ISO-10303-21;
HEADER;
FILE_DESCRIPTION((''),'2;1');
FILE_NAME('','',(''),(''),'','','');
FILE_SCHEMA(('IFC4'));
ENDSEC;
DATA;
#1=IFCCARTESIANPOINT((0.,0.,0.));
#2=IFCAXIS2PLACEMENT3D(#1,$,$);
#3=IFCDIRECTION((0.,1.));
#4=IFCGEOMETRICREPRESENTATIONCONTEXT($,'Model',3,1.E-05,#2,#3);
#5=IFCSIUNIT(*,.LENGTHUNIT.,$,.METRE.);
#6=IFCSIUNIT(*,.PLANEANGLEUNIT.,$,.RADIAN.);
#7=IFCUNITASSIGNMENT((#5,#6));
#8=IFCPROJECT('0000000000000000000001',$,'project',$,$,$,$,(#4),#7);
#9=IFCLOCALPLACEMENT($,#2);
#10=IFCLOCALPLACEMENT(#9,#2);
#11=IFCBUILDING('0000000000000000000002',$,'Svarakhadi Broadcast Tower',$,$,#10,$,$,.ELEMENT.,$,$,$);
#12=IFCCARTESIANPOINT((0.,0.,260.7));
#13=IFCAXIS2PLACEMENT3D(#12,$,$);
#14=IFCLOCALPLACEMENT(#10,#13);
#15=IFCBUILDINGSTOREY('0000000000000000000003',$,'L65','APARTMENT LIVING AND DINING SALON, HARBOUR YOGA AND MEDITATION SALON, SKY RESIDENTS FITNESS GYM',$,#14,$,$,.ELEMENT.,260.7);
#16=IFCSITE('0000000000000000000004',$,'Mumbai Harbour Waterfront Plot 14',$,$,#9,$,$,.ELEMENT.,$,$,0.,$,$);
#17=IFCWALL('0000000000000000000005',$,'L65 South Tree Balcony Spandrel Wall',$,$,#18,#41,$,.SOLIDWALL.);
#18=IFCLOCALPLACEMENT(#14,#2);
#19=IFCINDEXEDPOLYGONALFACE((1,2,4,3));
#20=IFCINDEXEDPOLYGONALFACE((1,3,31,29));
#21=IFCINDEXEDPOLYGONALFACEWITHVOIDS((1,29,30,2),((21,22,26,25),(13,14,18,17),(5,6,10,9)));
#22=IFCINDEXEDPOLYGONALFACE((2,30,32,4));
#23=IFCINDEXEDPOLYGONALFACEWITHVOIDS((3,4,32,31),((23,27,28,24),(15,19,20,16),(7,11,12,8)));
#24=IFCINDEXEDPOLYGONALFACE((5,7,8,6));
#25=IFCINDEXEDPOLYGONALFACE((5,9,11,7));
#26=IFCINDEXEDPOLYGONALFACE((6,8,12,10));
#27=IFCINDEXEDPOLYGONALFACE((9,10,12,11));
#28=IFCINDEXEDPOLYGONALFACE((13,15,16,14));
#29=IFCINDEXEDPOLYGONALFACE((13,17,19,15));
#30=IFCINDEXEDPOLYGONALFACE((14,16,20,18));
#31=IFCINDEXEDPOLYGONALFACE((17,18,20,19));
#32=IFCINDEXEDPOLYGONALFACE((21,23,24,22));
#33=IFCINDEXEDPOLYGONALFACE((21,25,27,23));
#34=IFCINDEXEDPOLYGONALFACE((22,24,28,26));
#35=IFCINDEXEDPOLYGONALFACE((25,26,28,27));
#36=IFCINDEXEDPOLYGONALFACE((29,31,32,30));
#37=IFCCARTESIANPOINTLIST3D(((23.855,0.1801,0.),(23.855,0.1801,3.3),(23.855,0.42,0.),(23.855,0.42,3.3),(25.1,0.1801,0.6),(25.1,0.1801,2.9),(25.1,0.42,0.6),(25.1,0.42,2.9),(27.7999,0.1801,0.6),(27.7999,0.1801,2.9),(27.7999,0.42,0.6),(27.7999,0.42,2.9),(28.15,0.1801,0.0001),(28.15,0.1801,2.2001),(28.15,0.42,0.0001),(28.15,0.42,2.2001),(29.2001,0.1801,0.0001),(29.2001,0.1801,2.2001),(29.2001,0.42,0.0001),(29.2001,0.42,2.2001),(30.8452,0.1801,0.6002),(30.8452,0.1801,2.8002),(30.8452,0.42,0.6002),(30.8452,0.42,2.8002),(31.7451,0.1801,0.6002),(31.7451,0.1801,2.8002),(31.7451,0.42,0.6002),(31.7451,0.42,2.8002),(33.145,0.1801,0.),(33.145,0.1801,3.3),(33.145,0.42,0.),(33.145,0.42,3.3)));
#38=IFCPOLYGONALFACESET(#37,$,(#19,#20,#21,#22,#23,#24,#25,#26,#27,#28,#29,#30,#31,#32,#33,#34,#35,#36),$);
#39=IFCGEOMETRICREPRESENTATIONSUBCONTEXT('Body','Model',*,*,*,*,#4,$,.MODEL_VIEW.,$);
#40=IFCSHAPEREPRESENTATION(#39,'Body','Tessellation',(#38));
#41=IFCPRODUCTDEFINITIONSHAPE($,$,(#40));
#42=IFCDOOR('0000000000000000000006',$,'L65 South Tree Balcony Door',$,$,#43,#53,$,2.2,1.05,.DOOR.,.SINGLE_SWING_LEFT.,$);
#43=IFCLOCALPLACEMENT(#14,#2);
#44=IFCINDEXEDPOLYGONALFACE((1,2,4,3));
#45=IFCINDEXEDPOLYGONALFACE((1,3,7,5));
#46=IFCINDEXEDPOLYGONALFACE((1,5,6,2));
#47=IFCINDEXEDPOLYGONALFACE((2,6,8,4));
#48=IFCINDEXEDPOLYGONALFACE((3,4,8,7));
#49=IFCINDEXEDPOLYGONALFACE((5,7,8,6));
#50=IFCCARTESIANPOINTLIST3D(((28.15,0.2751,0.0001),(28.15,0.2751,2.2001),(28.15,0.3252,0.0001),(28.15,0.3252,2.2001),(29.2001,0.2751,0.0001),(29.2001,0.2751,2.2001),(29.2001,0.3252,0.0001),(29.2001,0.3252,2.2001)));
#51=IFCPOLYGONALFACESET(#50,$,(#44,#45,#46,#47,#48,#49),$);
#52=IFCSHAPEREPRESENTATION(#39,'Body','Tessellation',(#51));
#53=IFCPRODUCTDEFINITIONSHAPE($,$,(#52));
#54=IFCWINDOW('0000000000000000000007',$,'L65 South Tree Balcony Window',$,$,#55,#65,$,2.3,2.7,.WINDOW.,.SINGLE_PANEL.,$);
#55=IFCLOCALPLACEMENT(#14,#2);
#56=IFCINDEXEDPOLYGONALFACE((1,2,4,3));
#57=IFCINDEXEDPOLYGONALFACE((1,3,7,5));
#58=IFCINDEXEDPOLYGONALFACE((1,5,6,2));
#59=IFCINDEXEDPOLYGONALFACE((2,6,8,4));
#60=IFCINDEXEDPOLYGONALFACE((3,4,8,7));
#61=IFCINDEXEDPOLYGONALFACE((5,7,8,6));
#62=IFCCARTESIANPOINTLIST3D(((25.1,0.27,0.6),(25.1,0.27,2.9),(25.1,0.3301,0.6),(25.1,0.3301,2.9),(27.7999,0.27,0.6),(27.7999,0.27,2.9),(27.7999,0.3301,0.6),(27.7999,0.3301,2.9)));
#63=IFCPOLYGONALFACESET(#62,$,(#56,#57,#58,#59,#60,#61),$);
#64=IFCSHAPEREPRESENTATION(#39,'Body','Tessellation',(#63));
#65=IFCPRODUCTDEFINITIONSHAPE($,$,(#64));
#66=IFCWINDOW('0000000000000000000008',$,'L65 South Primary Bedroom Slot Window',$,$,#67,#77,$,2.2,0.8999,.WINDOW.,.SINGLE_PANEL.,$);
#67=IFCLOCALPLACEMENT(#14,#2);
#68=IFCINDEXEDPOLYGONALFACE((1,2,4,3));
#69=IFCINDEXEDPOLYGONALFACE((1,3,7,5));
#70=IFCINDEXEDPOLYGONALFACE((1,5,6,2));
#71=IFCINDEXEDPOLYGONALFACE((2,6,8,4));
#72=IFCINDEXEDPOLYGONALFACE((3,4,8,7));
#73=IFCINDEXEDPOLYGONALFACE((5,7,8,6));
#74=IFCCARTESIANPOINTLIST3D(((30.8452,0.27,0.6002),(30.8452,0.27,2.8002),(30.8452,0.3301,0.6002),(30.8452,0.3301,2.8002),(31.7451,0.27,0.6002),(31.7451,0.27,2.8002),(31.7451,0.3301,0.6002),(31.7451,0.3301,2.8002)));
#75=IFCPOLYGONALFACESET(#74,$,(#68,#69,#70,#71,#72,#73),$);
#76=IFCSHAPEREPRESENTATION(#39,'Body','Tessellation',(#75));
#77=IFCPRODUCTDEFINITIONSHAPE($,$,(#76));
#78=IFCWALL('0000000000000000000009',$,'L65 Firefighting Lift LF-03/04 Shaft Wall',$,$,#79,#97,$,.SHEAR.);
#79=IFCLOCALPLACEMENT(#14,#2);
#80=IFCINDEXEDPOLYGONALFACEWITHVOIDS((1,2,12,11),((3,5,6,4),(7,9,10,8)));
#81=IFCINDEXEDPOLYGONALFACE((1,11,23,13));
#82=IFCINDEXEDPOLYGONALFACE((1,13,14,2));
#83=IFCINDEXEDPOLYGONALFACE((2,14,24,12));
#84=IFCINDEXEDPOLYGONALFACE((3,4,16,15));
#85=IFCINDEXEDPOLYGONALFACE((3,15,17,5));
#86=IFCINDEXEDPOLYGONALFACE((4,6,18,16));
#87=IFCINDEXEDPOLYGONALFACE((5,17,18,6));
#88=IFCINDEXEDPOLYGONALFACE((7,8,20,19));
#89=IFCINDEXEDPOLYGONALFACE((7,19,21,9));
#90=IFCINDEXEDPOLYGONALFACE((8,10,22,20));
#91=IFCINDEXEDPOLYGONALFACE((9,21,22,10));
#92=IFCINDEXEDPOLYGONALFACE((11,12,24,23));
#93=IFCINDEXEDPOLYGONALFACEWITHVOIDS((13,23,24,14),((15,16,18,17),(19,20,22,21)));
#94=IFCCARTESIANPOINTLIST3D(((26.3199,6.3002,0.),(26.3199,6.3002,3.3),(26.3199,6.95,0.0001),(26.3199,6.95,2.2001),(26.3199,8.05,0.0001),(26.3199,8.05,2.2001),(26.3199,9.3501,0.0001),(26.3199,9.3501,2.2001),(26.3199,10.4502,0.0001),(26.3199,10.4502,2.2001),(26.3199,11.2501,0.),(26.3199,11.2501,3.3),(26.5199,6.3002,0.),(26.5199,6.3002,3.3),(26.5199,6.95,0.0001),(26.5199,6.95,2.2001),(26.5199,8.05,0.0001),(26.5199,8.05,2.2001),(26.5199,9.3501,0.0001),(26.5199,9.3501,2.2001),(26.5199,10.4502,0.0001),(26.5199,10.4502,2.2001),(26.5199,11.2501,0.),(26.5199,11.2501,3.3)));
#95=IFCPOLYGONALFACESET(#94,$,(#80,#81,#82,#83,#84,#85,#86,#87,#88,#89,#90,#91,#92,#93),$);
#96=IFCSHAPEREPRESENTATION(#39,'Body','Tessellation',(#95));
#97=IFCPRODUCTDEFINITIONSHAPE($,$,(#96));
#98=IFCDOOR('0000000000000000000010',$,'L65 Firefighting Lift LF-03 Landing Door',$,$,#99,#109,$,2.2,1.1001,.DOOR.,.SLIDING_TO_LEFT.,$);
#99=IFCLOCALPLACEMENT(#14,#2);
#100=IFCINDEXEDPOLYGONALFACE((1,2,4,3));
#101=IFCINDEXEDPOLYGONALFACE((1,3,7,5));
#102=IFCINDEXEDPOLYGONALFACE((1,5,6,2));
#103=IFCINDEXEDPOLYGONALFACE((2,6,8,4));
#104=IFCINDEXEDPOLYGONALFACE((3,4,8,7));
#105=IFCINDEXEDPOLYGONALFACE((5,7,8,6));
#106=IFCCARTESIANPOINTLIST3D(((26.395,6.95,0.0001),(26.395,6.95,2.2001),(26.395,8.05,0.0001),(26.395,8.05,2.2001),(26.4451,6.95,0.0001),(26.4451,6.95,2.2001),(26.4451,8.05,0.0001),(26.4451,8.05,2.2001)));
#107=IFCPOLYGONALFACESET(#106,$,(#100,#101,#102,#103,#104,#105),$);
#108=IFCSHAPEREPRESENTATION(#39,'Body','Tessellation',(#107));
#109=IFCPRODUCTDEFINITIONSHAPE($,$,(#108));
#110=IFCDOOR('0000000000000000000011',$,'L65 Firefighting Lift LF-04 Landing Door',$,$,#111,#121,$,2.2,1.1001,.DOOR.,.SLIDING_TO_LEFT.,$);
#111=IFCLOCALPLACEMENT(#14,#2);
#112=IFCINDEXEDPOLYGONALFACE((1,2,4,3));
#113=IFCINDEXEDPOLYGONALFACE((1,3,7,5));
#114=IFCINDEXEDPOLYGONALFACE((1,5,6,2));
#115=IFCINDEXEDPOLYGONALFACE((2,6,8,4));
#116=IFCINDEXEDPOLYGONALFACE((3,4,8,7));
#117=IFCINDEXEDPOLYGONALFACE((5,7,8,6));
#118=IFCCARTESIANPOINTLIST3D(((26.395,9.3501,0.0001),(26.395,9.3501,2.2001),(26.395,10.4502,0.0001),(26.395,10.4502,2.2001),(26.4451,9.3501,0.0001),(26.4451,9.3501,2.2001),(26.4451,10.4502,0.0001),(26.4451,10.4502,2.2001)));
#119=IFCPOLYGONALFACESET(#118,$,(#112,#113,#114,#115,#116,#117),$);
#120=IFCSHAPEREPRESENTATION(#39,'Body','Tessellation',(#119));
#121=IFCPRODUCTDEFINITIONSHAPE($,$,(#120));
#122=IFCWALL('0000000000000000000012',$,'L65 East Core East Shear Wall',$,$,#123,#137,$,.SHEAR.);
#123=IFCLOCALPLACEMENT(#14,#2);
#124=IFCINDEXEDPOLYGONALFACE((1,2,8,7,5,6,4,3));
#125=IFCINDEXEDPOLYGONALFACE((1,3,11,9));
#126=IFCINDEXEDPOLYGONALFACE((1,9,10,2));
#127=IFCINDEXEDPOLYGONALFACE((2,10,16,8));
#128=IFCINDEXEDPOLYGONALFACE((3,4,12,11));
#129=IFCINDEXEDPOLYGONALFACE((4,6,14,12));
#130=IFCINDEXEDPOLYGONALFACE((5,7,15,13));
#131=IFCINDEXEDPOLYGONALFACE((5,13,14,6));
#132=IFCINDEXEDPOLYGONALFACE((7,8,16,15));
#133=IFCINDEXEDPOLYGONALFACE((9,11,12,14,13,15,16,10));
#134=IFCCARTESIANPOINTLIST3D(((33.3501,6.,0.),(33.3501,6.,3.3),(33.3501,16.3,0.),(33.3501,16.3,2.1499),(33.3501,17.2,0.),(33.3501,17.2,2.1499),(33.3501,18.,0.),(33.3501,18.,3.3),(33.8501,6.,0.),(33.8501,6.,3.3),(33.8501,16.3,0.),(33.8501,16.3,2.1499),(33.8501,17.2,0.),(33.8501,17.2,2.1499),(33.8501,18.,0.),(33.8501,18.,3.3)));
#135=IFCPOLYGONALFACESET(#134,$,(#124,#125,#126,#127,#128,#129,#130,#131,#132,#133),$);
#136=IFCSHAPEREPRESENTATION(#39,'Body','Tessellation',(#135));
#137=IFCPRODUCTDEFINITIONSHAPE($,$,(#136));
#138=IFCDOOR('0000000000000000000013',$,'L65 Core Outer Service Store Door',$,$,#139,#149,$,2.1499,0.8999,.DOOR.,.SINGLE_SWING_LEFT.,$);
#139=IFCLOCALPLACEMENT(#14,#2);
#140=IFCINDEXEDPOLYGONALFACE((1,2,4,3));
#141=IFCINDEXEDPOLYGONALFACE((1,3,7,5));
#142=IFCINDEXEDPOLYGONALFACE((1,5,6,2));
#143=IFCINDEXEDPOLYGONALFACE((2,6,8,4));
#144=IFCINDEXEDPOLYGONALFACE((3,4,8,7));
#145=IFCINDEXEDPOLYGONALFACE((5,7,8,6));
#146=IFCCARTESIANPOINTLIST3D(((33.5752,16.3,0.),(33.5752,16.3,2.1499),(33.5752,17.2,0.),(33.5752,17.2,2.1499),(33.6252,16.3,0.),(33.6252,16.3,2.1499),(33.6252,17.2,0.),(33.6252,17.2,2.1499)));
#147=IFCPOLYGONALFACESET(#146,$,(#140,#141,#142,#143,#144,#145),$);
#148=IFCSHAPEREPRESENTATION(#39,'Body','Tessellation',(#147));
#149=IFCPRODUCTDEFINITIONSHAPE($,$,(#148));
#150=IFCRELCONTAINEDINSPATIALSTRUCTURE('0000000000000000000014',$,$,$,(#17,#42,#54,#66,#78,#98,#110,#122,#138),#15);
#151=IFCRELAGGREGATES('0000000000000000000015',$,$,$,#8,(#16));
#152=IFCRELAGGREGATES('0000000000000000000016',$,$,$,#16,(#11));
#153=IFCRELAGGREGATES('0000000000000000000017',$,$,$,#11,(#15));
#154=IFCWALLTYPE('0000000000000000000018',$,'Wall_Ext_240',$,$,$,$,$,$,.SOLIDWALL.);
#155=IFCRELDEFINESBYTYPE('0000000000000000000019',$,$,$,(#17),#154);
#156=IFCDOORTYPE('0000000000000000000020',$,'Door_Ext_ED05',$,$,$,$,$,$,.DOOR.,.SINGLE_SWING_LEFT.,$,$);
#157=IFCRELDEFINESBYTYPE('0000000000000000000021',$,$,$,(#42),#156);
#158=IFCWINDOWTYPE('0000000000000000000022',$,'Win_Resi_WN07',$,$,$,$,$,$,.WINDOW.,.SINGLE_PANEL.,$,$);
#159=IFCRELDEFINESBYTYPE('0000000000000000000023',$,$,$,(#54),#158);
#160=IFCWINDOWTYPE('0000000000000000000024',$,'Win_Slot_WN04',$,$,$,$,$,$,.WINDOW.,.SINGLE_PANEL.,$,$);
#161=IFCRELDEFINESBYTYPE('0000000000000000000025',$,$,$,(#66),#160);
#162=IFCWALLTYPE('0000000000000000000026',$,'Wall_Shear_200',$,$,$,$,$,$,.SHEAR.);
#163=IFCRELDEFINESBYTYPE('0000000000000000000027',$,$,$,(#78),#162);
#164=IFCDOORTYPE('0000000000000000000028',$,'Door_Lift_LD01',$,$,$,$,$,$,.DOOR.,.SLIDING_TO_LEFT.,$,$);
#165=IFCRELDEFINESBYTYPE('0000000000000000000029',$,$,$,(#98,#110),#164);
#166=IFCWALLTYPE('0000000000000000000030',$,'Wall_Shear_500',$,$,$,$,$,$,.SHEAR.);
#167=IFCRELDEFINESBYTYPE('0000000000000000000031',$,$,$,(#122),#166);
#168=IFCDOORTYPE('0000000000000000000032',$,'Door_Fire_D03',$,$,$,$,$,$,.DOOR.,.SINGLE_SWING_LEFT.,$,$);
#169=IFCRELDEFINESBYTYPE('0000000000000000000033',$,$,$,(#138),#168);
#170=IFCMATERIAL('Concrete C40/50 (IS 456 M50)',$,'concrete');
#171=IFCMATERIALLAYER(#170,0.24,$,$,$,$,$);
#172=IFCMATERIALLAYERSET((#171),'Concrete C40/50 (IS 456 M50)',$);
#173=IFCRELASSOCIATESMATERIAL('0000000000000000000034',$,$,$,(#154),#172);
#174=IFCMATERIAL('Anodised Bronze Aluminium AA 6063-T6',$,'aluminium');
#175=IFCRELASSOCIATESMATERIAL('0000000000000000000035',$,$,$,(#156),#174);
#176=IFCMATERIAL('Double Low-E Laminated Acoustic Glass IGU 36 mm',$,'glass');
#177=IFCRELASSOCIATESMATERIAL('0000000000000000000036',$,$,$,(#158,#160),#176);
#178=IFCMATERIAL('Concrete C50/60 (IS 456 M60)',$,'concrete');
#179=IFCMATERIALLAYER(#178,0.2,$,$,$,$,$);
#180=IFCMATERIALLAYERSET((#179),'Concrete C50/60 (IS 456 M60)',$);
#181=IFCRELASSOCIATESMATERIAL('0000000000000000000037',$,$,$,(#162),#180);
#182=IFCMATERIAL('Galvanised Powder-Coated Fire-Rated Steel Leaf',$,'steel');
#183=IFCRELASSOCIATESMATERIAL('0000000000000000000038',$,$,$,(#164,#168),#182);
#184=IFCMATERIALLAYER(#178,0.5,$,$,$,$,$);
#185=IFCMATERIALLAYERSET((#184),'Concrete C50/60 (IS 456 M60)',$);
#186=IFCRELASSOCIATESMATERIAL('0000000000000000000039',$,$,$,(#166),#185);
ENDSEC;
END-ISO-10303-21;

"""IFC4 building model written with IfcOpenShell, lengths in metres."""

from ifc_helpers import new_model, si_unit, direction, frame, frame_2d, origin, place, context, subcontext, project, spatial, rectangle, extrude, material, layer, layer_set, type_object, element, fill, save


model = new_model("IFC4")

# Units and contexts
model_context = context("Model", 3, precision=1e-05, world=origin(), true_north=direction((0.0, 1.0)))
body_context = subcontext(model_context, "Body", "Model", "MODEL_VIEW")
ifc_project = project(units=[si_unit("LENGTHUNIT", "METRE"), si_unit("PLANEANGLEUNIT", "RADIAN")], contexts=[model_context])

# Site, building, storey
site_placement = place(None, origin())
site = spatial("IfcSite", under=ifc_project, at=site_placement, Name="Mumbai Harbour Waterfront Plot 14", CompositionType="ELEMENT", RefElevation=0.0)
building_placement = place(site_placement, origin())
building = spatial("IfcBuilding", under=site, at=building_placement, Name="Svarakhadi Broadcast Tower", CompositionType="ELEMENT")
storey_placement = place(building_placement, frame((0.0, 0.0, 260.7)))
storey = spatial("IfcBuildingStorey", under=building, at=storey_placement, Name="L65", Description="APARTMENT LIVING AND DINING SALON, HARBOUR YOGA AND MEDITATION SALON, SKY RESIDENTS FITNESS GYM", CompositionType="ELEMENT", Elevation=260.7)

# Shared definitions
ifc_material_1 = material(Name="Concrete C50/60 (IS 456 M60)", Category="concrete")

# Shared definitions
ifc_material_2 = material(Name="Anodised Bronze Aluminium AA 6063-T6", Category="aluminium")

# Shared definitions
ifc_material_3 = material(Name="Double Low-E Laminated Acoustic Glass IGU 36 mm", Category="glass")

# Wall, openings, door, windows
ifc_material_4 = material(Name="Concrete C40/50 (IS 456 M50)", Category="concrete")
ifc_layer_1 = layer(ifc_material_4, 0.24)
ifc_layer_set_1 = layer_set([ifc_layer_1], Name="Concrete C40/50 (IS 456 M50)")
wall_type_1 = type_object("IfcWallType", Name="Wall_Ext_240", PredefinedType="SOLIDWALL", material=ifc_layer_set_1)
wall_1_placement = place(storey_placement, frame((33.145, 0.3, 0.0), z_axis=(0.0, 0.0, 1.0), x_axis=(-1.0, 0.0, 0.0)))
wall_1 = element("IfcWall", 1, at=wall_1_placement, inside=storey, type_object=wall_type_1, Name="L65 South Tree Balcony Spandrel Wall", PredefinedType="SOLIDWALL", context=body_context, shape_type="SweptSolid", body=[
    extrude(rectangle(XDim=9.29, YDim=0.24, at=frame_2d((4.645, 0.0))), origin(), (0.0, 0.0, 1.0), 3.3),
])
opening_1_placement = place(wall_1_placement, frame((3.9451, 0.0, 0.0)))
opening_1 = element("IfcOpeningElement", 2, at=opening_1_placement, cuts=wall_1, PredefinedType="OPENING", context=body_context, shape_type="SweptSolid", body=[
    extrude(rectangle(XDim=1.05, YDim=2.2, at=frame_2d((0.5249, 1.1001))), frame((0.0, 0.1299, 0.0), z_axis=(0.0, -1.0, 0.0), x_axis=(1.0, 0.0, 0.0)), (0.0, 0.0, 1.0), 0.26),
])
opening_2_placement = place(wall_1_placement, frame((5.345, 0.0, 0.6001)))
opening_2 = element("IfcOpeningElement", 3, at=opening_2_placement, cuts=wall_1, PredefinedType="OPENING", context=body_context, shape_type="SweptSolid", body=[
    extrude(rectangle(XDim=2.7, YDim=2.3, at=frame_2d((1.3501, 1.1499))), frame((0.0, 0.1299, 0.0), z_axis=(0.0, -1.0, 0.0), x_axis=(1.0, 0.0, 0.0)), (0.0, 0.0, 1.0), 0.26),
])
opening_3_placement = place(wall_1_placement, frame((1.3999, 0.0, 0.6001)))
opening_3 = element("IfcOpeningElement", 4, at=opening_3_placement, cuts=wall_1, PredefinedType="OPENING", context=body_context, shape_type="SweptSolid", body=[
    extrude(rectangle(XDim=0.8999, YDim=2.2, at=frame_2d((0.45, 1.1001))), frame((0.0, 0.1299, 0.0), z_axis=(0.0, -1.0, 0.0), x_axis=(1.0, 0.0, 0.0)), (0.0, 0.0, 1.0), 0.26),
])
door_type_1 = type_object("IfcDoorType", Name="Door_Ext_ED05", OperationType="SINGLE_SWING_LEFT", PredefinedType="DOOR", material=ifc_material_2)
door_1_placement = place(opening_1_placement, origin())
door_1 = element("IfcDoor", 5, at=door_1_placement, inside=storey, type_object=door_type_1, Name="L65 South Tree Balcony Door", OperationType="SINGLE_SWING_LEFT", OverallHeight=2.2, OverallWidth=1.05, PredefinedType="DOOR", context=body_context, shape_type="SweptSolid", body=[
    extrude(rectangle(XDim=1.05, YDim=2.2, at=frame_2d((0.5249, 1.1001))), frame((0.0, 0.0249, 0.0), z_axis=(0.0, -1.0, 0.0), x_axis=(1.0, 0.0, 0.0)), (0.0, 0.0, 1.0), 0.05),
])
fill(opening_1, door_1)
window_type_1 = type_object("IfcWindowType", Name="Win_Resi_WN07", PartitioningType="SINGLE_PANEL", PredefinedType="WINDOW", material=ifc_material_3)
window_1_placement = place(opening_2_placement, origin())
window_1 = element("IfcWindow", 6, at=window_1_placement, inside=storey, type_object=window_type_1, Name="L65 South Tree Balcony Window", OverallHeight=2.3, OverallWidth=2.7, PartitioningType="SINGLE_PANEL", PredefinedType="WINDOW", context=body_context, shape_type="SweptSolid", body=[
    extrude(rectangle(XDim=2.7, YDim=2.3, at=frame_2d((1.3501, 1.1499))), frame((0.0, 0.03, 0.0), z_axis=(0.0, -1.0, 0.0), x_axis=(1.0, 0.0, 0.0)), (0.0, 0.0, 1.0), 0.0601),
])
fill(opening_2, window_1)
window_type_2 = type_object("IfcWindowType", Name="Win_Slot_WN04", PartitioningType="SINGLE_PANEL", PredefinedType="WINDOW", material=ifc_material_3)
window_2_placement = place(opening_3_placement, origin())
window_2 = element("IfcWindow", 7, at=window_2_placement, inside=storey, type_object=window_type_2, Name="L65 South Primary Bedroom Slot Window", OverallHeight=2.2, OverallWidth=0.8999, PartitioningType="SINGLE_PANEL", PredefinedType="WINDOW", context=body_context, shape_type="SweptSolid", body=[
    extrude(rectangle(XDim=0.8999, YDim=2.2, at=frame_2d((0.45, 1.1001))), frame((0.0, 0.03, 0.0), z_axis=(0.0, -1.0, 0.0), x_axis=(1.0, 0.0, 0.0)), (0.0, 0.0, 1.0), 0.0601),
])
fill(opening_3, window_2)

# Wall, openings, doors
ifc_layer_2 = layer(ifc_material_1, 0.2)
ifc_layer_set_2 = layer_set([ifc_layer_2], Name="Concrete C50/60 (IS 456 M60)")
wall_type_2 = type_object("IfcWallType", Name="Wall_Shear_200", PredefinedType="SHEAR", material=ifc_layer_set_2)
wall_2_placement = place(storey_placement, frame((26.4199, 6.3, 0.0), z_axis=(0.0, 0.0, 1.0), x_axis=(0.0, 1.0, 0.0)))
wall_2 = element("IfcWall", 8, at=wall_2_placement, inside=storey, type_object=wall_type_2, Name="L65 Firefighting Lift LF-03/04 Shaft Wall", PredefinedType="SHEAR", context=body_context, shape_type="SweptSolid", body=[
    extrude(rectangle(XDim=4.95, YDim=0.2, at=frame_2d((2.4751, 0.0))), origin(), (0.0, 0.0, 1.0), 3.3),
])
opening_4_placement = place(wall_2_placement, frame((0.6499, 0.0, 0.0)))
opening_4 = element("IfcOpeningElement", 9, at=opening_4_placement, cuts=wall_2, PredefinedType="OPENING", context=body_context, shape_type="SweptSolid", body=[
    extrude(rectangle(XDim=1.1001, YDim=2.2, at=frame_2d((0.55, 1.1001))), frame((0.0, 0.1099, 0.0), z_axis=(0.0, -1.0, 0.0), x_axis=(1.0, 0.0, 0.0)), (0.0, 0.0, 1.0), 0.22),
])
opening_5_placement = place(wall_2_placement, frame((3.05, 0.0, 0.0)))
opening_5 = element("IfcOpeningElement", 10, at=opening_5_placement, cuts=wall_2, PredefinedType="OPENING", context=body_context, shape_type="SweptSolid", body=[
    extrude(rectangle(XDim=1.1001, YDim=2.2, at=frame_2d((0.55, 1.1001))), frame((0.0, 0.1099, 0.0), z_axis=(0.0, -1.0, 0.0), x_axis=(1.0, 0.0, 0.0)), (0.0, 0.0, 1.0), 0.22),
])
ifc_material_5 = material(Name="Galvanised Powder-Coated Fire-Rated Steel Leaf", Category="steel")
door_type_2 = type_object("IfcDoorType", Name="Door_Lift_LD01", OperationType="SLIDING_TO_LEFT", PredefinedType="DOOR", material=ifc_material_5)
door_2_placement = place(opening_4_placement, origin())
door_2 = element("IfcDoor", 11, at=door_2_placement, inside=storey, type_object=door_type_2, Name="L65 Firefighting Lift LF-03 Landing Door", OperationType="SLIDING_TO_LEFT", OverallHeight=2.2, OverallWidth=1.1001, PredefinedType="DOOR", context=body_context, shape_type="SweptSolid", body=[
    extrude(rectangle(XDim=1.1001, YDim=2.2, at=frame_2d((0.55, 1.1001))), frame((0.0, 0.0249, 0.0), z_axis=(0.0, -1.0, 0.0), x_axis=(1.0, 0.0, 0.0)), (0.0, 0.0, 1.0), 0.05),
])
fill(opening_4, door_2)
door_3_placement = place(opening_5_placement, origin())
door_3 = element("IfcDoor", 12, at=door_3_placement, inside=storey, type_object=door_type_2, Name="L65 Firefighting Lift LF-04 Landing Door", OperationType="SLIDING_TO_LEFT", OverallHeight=2.2, OverallWidth=1.1001, PredefinedType="DOOR", context=body_context, shape_type="SweptSolid", body=[
    extrude(rectangle(XDim=1.1001, YDim=2.2, at=frame_2d((0.55, 1.1001))), frame((0.0, 0.0249, 0.0), z_axis=(0.0, -1.0, 0.0), x_axis=(1.0, 0.0, 0.0)), (0.0, 0.0, 1.0), 0.05),
])
fill(opening_5, door_3)

# Wall, opening, door
ifc_layer_3 = layer(ifc_material_1, 0.5)
ifc_layer_set_3 = layer_set([ifc_layer_3], Name="Concrete C50/60 (IS 456 M60)")
wall_type_3 = type_object("IfcWallType", Name="Wall_Shear_500", PredefinedType="SHEAR", material=ifc_layer_set_3)
wall_3_placement = place(storey_placement, frame((33.6001, 6.0, 0.0), z_axis=(0.0, 0.0, 1.0), x_axis=(0.0, 1.0, 0.0)))
wall_3 = element("IfcWall", 13, at=wall_3_placement, inside=storey, type_object=wall_type_3, Name="L65 East Core East Shear Wall", PredefinedType="SHEAR", context=body_context, shape_type="SweptSolid", body=[
    extrude(rectangle(XDim=12.0, YDim=0.5, at=frame_2d((6.0, 0.0))), origin(), (0.0, 0.0, 1.0), 3.3),
])
opening_6_placement = place(wall_3_placement, frame((10.3, 0.0, 0.0)))
opening_6 = element("IfcOpeningElement", 14, at=opening_6_placement, cuts=wall_3, PredefinedType="OPENING", context=body_context, shape_type="SweptSolid", body=[
    extrude(rectangle(XDim=0.8999, YDim=2.1499, at=frame_2d((0.45, 1.075))), frame((0.0, 0.26, 0.0), z_axis=(0.0, -1.0, 0.0), x_axis=(1.0, 0.0, 0.0)), (0.0, 0.0, 1.0), 0.52),
])
door_type_3 = type_object("IfcDoorType", Name="Door_Fire_D03", OperationType="SINGLE_SWING_LEFT", PredefinedType="DOOR", material=ifc_material_5)
door_4_placement = place(opening_6_placement, origin())
door_4 = element("IfcDoor", 15, at=door_4_placement, inside=storey, type_object=door_type_3, Name="L65 Core Outer Service Store Door", OperationType="SINGLE_SWING_LEFT", OverallHeight=2.1499, OverallWidth=0.8999, PredefinedType="DOOR", context=body_context, shape_type="SweptSolid", body=[
    extrude(rectangle(XDim=0.8999, YDim=2.1499, at=frame_2d((0.45, 1.075))), frame((0.0, 0.0249, 0.0), z_axis=(0.0, -1.0, 0.0), x_axis=(1.0, 0.0, 0.0)), (0.0, 0.0, 1.0), 0.05),
])
fill(opening_6, door_4)

save(model, "model.ifc")
